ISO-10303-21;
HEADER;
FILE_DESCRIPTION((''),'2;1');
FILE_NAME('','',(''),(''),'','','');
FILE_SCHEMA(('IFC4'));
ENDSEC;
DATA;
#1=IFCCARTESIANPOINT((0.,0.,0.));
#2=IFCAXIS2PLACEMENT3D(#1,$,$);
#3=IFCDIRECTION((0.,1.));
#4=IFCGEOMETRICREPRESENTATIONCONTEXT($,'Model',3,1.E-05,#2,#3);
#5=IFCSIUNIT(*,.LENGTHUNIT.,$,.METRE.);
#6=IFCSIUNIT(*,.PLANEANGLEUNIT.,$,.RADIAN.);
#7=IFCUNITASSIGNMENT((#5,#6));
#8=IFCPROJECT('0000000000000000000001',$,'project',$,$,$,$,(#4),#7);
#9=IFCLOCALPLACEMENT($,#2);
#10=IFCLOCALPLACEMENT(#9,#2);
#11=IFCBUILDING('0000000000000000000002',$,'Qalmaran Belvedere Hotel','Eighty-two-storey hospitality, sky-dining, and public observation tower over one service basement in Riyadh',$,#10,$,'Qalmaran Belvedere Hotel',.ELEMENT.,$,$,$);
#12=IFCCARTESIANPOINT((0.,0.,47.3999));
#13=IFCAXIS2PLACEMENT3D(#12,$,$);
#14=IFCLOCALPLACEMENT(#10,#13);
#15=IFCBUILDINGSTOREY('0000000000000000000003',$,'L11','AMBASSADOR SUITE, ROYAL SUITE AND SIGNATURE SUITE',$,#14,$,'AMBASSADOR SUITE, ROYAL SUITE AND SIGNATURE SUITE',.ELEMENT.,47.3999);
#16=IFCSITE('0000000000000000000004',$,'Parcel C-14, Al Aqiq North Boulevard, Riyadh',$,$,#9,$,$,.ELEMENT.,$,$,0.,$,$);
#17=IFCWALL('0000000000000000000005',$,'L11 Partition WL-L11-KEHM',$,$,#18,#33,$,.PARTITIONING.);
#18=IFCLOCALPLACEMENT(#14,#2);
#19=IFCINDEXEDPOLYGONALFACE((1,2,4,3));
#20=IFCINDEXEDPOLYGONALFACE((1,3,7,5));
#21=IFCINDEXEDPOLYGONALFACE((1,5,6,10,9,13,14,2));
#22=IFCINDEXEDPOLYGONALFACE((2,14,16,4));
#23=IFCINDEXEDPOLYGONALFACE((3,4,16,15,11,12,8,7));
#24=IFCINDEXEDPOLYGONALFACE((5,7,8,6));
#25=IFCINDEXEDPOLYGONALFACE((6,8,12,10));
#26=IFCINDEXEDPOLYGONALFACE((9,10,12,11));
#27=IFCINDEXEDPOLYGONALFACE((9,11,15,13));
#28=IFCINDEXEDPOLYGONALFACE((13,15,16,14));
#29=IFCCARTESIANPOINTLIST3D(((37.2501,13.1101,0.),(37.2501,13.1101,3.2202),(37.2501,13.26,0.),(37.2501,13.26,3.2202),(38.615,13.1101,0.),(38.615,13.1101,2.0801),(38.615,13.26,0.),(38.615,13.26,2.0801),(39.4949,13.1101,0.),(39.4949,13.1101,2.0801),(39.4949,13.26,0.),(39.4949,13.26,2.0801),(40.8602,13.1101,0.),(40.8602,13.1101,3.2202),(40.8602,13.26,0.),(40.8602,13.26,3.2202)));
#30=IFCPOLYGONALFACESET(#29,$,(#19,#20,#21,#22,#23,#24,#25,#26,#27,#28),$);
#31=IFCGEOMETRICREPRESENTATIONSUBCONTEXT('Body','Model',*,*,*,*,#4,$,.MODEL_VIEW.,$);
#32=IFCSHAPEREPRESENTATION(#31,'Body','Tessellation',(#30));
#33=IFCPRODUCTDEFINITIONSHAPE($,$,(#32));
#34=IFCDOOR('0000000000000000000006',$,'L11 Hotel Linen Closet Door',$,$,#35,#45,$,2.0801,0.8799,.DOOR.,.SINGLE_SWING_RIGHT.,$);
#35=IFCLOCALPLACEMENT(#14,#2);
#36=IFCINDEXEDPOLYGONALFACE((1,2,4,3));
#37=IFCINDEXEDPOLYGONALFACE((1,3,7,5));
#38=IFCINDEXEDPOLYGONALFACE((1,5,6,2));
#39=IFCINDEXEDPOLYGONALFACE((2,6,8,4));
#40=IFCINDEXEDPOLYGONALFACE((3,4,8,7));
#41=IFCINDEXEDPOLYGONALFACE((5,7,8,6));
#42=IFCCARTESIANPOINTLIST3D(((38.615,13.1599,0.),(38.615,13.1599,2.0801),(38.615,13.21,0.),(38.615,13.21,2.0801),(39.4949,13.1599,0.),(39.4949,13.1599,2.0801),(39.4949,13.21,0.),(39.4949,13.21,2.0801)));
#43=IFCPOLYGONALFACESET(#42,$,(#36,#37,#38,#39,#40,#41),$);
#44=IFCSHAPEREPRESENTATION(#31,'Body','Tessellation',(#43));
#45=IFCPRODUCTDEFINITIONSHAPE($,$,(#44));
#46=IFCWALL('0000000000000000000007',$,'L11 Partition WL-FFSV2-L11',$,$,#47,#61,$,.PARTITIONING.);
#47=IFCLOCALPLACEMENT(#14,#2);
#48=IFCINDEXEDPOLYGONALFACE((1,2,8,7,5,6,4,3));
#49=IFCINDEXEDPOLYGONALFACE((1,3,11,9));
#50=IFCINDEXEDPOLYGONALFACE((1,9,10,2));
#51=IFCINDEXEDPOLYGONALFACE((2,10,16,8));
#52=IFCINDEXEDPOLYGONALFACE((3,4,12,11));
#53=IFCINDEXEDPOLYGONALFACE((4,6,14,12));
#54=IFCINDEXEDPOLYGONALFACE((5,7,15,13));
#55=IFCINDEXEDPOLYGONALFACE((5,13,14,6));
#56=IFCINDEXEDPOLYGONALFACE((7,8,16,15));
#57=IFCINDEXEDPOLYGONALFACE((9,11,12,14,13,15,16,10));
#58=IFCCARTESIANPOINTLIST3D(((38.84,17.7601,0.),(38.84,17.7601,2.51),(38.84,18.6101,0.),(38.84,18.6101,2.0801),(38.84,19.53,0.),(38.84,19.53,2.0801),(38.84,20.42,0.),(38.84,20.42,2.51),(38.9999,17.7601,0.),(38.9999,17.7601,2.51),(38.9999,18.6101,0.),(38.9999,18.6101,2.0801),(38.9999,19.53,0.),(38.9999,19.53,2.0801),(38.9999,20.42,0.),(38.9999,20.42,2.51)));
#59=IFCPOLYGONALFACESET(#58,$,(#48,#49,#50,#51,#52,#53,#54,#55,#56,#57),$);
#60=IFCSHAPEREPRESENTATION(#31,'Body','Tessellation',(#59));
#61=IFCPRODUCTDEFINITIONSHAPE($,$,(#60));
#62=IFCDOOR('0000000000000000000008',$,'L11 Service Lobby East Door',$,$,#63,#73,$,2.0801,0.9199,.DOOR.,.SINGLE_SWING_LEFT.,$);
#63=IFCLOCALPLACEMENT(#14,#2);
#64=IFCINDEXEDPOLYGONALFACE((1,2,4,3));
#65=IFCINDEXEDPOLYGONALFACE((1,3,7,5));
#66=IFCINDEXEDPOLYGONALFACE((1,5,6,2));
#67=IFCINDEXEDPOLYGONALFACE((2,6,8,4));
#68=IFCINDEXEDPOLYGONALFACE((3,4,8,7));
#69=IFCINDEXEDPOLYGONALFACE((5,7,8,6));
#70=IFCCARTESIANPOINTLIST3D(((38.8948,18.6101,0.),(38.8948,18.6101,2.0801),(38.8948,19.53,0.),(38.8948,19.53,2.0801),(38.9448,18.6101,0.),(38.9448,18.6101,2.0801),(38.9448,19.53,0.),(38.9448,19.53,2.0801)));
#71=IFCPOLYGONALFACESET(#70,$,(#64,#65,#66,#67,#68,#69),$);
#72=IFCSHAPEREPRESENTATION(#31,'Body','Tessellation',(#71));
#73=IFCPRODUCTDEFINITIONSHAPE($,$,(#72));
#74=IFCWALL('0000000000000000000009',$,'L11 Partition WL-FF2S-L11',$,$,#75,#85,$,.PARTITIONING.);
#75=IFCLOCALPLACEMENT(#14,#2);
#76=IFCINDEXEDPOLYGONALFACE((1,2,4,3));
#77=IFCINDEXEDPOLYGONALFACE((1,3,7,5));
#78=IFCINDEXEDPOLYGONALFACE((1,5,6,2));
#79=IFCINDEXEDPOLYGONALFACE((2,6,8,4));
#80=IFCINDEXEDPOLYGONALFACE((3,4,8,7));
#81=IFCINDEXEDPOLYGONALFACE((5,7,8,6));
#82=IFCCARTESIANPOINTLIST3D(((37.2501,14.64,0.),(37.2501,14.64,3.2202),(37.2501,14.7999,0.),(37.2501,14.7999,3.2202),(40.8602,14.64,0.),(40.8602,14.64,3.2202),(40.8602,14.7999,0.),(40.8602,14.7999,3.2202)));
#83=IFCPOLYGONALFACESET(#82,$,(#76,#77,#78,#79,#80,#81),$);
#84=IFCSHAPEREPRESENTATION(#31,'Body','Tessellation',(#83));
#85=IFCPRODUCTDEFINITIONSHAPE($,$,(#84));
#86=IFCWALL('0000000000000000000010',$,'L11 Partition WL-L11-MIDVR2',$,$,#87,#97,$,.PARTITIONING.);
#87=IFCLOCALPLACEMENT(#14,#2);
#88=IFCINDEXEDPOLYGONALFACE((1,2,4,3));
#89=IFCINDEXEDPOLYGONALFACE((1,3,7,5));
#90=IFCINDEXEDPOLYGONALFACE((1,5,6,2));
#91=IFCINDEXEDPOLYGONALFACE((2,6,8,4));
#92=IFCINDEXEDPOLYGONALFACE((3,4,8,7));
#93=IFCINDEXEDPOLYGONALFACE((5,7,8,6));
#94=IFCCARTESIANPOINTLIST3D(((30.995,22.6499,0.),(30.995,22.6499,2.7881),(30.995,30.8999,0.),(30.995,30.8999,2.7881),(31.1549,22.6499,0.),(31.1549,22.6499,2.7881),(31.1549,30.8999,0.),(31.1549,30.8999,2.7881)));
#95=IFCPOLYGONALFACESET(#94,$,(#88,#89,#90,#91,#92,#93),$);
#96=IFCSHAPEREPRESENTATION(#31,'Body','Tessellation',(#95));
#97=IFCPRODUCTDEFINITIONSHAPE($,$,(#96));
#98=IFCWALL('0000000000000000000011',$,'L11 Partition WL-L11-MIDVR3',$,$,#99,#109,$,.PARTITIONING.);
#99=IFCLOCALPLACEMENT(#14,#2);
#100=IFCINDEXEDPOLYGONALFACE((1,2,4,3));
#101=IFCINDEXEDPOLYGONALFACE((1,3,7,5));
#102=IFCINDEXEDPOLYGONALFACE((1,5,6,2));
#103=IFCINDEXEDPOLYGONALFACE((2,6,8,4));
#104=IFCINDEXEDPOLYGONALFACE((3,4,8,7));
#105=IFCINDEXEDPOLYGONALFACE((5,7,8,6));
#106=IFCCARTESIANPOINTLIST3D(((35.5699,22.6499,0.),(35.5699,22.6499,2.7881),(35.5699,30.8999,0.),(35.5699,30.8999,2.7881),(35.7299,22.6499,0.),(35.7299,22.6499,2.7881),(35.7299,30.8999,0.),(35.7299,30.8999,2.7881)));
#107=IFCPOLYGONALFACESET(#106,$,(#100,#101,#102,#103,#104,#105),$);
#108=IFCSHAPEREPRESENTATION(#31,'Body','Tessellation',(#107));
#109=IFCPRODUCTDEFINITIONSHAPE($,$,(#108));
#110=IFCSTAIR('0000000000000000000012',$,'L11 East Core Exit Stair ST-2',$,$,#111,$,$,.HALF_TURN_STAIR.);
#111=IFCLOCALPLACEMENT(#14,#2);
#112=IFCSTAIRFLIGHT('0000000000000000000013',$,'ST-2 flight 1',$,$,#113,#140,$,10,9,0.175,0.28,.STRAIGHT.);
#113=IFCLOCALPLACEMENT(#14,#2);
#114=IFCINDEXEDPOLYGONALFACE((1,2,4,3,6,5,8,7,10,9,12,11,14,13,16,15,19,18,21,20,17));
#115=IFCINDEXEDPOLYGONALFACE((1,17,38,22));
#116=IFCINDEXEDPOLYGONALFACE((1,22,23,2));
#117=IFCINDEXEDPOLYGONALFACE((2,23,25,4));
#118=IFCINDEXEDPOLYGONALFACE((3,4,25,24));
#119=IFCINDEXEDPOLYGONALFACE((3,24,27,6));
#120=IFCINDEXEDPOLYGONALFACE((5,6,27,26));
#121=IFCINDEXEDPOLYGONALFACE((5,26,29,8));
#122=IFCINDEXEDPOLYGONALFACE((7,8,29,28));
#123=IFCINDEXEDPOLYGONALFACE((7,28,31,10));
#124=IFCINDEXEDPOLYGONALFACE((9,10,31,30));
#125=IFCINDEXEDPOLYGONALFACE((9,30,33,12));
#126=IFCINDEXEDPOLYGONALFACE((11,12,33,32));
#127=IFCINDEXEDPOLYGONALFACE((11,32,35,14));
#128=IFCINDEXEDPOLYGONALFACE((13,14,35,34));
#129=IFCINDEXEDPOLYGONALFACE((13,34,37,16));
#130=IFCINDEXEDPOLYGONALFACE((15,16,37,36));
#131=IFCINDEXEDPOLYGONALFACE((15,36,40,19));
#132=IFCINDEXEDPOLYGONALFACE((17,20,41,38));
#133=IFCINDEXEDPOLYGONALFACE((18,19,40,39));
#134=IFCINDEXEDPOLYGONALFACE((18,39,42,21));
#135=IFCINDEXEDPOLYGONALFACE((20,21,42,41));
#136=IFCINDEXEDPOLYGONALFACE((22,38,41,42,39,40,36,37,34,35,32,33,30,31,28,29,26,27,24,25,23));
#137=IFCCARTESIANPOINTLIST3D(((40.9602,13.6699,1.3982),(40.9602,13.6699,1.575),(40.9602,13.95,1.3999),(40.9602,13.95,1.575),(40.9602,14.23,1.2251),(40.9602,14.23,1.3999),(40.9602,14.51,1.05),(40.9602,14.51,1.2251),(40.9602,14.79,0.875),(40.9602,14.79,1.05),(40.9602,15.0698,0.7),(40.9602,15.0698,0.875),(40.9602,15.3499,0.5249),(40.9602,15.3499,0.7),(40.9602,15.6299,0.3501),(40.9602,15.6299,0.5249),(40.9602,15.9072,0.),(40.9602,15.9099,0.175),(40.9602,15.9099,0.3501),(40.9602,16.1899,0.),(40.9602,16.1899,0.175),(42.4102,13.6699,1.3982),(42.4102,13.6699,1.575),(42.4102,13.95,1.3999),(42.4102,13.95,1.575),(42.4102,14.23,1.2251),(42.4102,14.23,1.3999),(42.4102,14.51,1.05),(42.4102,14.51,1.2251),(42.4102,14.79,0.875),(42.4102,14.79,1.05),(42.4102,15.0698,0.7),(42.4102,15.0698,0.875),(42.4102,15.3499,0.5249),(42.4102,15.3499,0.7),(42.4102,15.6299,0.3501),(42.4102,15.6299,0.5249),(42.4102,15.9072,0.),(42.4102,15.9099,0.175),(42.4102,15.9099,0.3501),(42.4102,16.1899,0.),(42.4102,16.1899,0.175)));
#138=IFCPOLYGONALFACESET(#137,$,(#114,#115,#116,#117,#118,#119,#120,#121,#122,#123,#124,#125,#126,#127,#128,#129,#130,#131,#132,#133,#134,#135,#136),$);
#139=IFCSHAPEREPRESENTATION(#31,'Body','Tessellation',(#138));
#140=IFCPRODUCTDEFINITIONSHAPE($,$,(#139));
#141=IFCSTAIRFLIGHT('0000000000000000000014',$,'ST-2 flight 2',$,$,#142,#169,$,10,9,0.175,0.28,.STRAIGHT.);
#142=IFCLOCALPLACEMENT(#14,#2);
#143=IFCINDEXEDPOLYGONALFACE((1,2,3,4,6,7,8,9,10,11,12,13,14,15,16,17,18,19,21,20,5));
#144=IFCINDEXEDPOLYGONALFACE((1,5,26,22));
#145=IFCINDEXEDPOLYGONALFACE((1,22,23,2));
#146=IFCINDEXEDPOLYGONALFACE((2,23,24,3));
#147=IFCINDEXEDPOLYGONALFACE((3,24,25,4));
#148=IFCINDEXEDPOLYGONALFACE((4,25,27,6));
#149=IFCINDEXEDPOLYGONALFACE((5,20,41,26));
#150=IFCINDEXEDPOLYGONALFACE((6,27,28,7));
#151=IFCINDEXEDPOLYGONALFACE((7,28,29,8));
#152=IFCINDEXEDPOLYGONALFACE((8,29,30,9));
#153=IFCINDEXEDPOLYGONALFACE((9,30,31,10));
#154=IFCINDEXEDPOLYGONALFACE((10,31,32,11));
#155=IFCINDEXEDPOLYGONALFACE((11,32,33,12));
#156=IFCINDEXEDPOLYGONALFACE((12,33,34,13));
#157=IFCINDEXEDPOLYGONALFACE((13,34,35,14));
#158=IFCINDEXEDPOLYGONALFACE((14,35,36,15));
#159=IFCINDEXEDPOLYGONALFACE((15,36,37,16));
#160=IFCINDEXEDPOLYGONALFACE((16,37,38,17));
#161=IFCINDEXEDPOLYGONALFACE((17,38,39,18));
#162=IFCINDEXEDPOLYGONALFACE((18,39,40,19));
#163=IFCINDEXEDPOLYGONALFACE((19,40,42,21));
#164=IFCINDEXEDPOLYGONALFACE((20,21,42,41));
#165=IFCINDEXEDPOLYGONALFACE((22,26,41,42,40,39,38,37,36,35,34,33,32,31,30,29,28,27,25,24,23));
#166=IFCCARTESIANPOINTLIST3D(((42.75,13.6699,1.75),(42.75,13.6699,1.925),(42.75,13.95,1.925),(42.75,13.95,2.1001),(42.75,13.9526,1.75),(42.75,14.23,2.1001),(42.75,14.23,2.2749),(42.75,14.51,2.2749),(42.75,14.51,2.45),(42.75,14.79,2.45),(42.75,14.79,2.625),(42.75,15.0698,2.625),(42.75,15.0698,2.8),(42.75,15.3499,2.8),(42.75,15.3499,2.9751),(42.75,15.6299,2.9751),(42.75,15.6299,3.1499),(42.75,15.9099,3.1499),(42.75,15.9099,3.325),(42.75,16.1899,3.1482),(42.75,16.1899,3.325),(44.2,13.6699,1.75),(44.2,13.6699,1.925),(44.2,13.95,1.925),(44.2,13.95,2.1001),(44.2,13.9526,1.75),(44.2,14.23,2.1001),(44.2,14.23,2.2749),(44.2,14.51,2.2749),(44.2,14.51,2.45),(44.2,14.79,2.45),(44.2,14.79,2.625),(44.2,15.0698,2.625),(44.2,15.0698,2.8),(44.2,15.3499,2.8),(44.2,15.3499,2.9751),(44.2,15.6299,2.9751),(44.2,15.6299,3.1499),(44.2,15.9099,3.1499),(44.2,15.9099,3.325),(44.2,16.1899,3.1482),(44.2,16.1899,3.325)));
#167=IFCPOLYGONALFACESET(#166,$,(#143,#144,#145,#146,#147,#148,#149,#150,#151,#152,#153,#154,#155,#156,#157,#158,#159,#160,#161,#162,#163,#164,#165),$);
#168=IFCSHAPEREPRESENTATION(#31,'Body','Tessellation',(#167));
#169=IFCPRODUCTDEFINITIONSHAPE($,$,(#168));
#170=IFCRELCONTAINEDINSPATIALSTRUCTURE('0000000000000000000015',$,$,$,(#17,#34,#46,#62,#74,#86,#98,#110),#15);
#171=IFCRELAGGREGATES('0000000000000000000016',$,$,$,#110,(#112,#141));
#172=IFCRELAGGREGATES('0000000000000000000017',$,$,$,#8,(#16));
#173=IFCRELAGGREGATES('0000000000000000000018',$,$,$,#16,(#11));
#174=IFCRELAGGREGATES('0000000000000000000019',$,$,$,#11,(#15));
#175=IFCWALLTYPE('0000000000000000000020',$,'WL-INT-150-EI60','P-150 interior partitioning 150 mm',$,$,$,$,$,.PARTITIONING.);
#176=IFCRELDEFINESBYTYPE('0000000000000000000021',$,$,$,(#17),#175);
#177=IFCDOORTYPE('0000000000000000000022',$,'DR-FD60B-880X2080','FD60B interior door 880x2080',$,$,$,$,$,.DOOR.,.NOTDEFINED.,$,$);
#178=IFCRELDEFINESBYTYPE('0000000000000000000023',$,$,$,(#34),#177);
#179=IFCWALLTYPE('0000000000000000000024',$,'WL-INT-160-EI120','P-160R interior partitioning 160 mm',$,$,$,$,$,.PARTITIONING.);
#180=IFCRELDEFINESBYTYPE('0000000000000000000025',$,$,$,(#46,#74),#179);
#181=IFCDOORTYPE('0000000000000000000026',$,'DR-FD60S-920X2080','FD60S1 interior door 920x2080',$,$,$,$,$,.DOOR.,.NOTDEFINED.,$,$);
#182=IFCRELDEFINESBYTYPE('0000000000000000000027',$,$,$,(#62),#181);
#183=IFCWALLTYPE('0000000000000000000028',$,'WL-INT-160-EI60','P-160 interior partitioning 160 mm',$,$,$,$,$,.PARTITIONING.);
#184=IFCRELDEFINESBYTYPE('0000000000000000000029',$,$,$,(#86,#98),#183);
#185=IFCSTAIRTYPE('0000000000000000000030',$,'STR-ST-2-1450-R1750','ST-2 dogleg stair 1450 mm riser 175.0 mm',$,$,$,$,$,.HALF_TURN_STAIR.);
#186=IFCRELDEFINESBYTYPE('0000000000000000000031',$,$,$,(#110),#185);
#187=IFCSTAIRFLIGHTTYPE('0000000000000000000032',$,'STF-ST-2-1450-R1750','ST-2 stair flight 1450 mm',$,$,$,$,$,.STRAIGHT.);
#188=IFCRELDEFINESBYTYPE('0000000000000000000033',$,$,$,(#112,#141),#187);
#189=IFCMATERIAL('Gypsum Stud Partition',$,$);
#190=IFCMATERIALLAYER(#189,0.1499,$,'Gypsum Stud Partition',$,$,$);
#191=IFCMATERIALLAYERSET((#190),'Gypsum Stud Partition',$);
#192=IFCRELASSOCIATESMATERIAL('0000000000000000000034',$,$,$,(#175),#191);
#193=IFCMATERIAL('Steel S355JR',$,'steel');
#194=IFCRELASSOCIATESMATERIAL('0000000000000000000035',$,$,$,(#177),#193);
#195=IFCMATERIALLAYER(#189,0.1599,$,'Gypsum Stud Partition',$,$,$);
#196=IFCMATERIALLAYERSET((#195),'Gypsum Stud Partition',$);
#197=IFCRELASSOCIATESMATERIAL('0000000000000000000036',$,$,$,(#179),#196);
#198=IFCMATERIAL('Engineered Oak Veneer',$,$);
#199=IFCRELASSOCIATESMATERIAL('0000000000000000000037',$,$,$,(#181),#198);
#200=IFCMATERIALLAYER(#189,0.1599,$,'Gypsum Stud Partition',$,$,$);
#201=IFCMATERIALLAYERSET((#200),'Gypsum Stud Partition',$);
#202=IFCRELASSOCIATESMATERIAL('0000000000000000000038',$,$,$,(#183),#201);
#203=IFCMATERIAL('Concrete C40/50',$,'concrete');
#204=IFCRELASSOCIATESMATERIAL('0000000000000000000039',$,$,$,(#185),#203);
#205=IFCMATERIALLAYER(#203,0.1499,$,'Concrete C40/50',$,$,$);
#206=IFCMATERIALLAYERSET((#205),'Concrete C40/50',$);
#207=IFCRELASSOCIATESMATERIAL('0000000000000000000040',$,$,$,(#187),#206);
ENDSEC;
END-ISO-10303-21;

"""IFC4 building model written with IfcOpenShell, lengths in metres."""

from ifc_helpers import new_model, si_unit, direction, frame, frame_2d, origin, place, context, subcontext, project, spatial, polyline, rectangle, outline, extrude, material, layer, layer_set, type_object, element, fill, aggregate, save


model = new_model("IFC4")

# Units and contexts
model_context = context("Model", 3, precision=1e-05, world=origin(), true_north=direction((0.0, 1.0)))
body_context = subcontext(model_context, "Body", "Model", "MODEL_VIEW")
ifc_project = project(units=[si_unit("LENGTHUNIT", "METRE"), si_unit("PLANEANGLEUNIT", "RADIAN")], contexts=[model_context])

# Site, building, storey
site_placement = place(None, origin())
site = spatial("IfcSite", under=ifc_project, at=site_placement, Name="Parcel C-14, Al Aqiq North Boulevard, Riyadh", CompositionType="ELEMENT", RefElevation=0.0)
building_placement = place(site_placement, origin())
building = spatial("IfcBuilding", under=site, at=building_placement, Name="Qalmaran Belvedere Hotel", Description="Eighty-two-storey hospitality, sky-dining, and public observation tower over one service basement in Riyadh", LongName="Qalmaran Belvedere Hotel", CompositionType="ELEMENT")
storey_placement = place(building_placement, frame((0.0, 0.0, 47.3999)))
storey = spatial("IfcBuildingStorey", under=building, at=storey_placement, Name="L11", Description="AMBASSADOR SUITE, ROYAL SUITE AND SIGNATURE SUITE", LongName="AMBASSADOR SUITE, ROYAL SUITE AND SIGNATURE SUITE", CompositionType="ELEMENT", Elevation=47.3999)

# Shared definitions
ifc_material_1 = material(Name="Steel S355JR", Category="steel")

# Shared definitions
ifc_material_2 = material(Name="Gypsum Stud Partition")

# Walls, openings, doors
ifc_layer_1 = layer(ifc_material_2, 0.1499, Name="Gypsum Stud Partition")
ifc_layer_set_1 = layer_set([ifc_layer_1], Name="Gypsum Stud Partition")
wall_type_1 = type_object("IfcWallType", Name="WL-INT-150-EI60", Description="P-150 interior partitioning 150 mm", PredefinedType="PARTITIONING", material=ifc_layer_set_1)
wall_1_placement = place(storey_placement, frame((37.25, 13.1851, 0.0), z_axis=(0.0, 0.0, 1.0), x_axis=(1.0, 0.0, 0.0)))
wall_1 = element("IfcWall", 1, at=wall_1_placement, inside=storey, type_object=wall_type_1, Name="L11 Partition WL-L11-KEHM", PredefinedType="PARTITIONING", context=body_context, shape_type="SweptSolid", body=[
    extrude(rectangle(XDim=3.6101, YDim=0.1499, at=frame_2d((1.8052, 0.0))), origin(), (0.0, 0.0, 1.0), 3.2202),
])
opening_1_placement = place(wall_1_placement, frame((1.365, 0.0, 0.0)))
opening_1 = element("IfcOpeningElement", 2, at=opening_1_placement, cuts=wall_1, PredefinedType="OPENING", context=body_context, shape_type="SweptSolid", body=[
    extrude(rectangle(XDim=0.8799, YDim=2.0801, at=frame_2d((0.4399, 1.04))), frame((0.0, 0.085, 0.0), z_axis=(0.0, -1.0, 0.0), x_axis=(1.0, 0.0, 0.0)), (0.0, 0.0, 1.0), 0.1699),
])
door_type_1 = type_object("IfcDoorType", Name="DR-FD60B-880X2080", Description="FD60B interior door 880x2080", OperationType="NOTDEFINED", PredefinedType="DOOR", material=ifc_material_1)
door_1_placement = place(opening_1_placement, origin())
door_1 = element("IfcDoor", 3, at=door_1_placement, inside=storey, type_object=door_type_1, Name="L11 Hotel Linen Closet Door", OperationType="SINGLE_SWING_RIGHT", OverallHeight=2.0801, OverallWidth=0.8799, PredefinedType="DOOR", context=body_context, shape_type="SweptSolid", body=[
    extrude(rectangle(XDim=0.8799, YDim=2.0801, at=frame_2d((0.4399, 1.04))), frame((0.0, 0.0249, 0.0), z_axis=(0.0, -1.0, 0.0), x_axis=(1.0, 0.0, 0.0)), (0.0, 0.0, 1.0), 0.05),
])
fill(opening_1, door_1)
ifc_layer_2 = layer(ifc_material_2, 0.1599, Name="Gypsum Stud Partition")
ifc_layer_set_2 = layer_set([ifc_layer_2], Name="Gypsum Stud Partition")
wall_type_2 = type_object("IfcWallType", Name="WL-INT-160-EI120", Description="P-160R interior partitioning 160 mm", PredefinedType="PARTITIONING", material=ifc_layer_set_2)
wall_2_placement = place(storey_placement, frame((38.9199, 17.76, 0.0), z_axis=(0.0, 0.0, 1.0), x_axis=(0.0, 1.0, 0.0)))
wall_2 = element("IfcWall", 4, at=wall_2_placement, inside=storey, type_object=wall_type_2, Name="L11 Partition WL-FFSV2-L11", PredefinedType="PARTITIONING", context=body_context, shape_type="SweptSolid", body=[
    extrude(rectangle(XDim=2.6599, YDim=0.1599, at=frame_2d((1.3301, 0.0))), origin(), (0.0, 0.0, 1.0), 2.51),
])
opening_2_placement = place(wall_2_placement, frame((1.77, 0.0, 0.0), z_axis=(0.0, 0.0, 1.0), x_axis=(-1.0, 0.0, 0.0)))
opening_2 = element("IfcOpeningElement", 5, at=opening_2_placement, cuts=wall_2, PredefinedType="OPENING", context=body_context, shape_type="SweptSolid", body=[
    extrude(rectangle(XDim=0.9199, YDim=2.0801, at=frame_2d((0.46, 1.04))), frame((0.0, 0.0898, 0.0), z_axis=(0.0, -1.0, 0.0), x_axis=(1.0, 0.0, 0.0)), (0.0, 0.0, 1.0), 0.1799),
])
ifc_material_3 = material(Name="Engineered Oak Veneer")
door_type_2 = type_object("IfcDoorType", Name="DR-FD60S-920X2080", Description="FD60S1 interior door 920x2080", OperationType="NOTDEFINED", PredefinedType="DOOR", material=ifc_material_3)
door_2_placement = place(opening_2_placement, origin())
door_2 = element("IfcDoor", 6, at=door_2_placement, inside=storey, type_object=door_type_2, Name="L11 Service Lobby East Door", OperationType="SINGLE_SWING_LEFT", OverallHeight=2.0801, OverallWidth=0.9199, PredefinedType="DOOR", context=body_context, shape_type="SweptSolid", body=[
    extrude(rectangle(XDim=0.9199, YDim=2.0801, at=frame_2d((0.46, 1.04))), frame((0.0, 0.0249, 0.0), z_axis=(0.0, -1.0, 0.0), x_axis=(1.0, 0.0, 0.0)), (0.0, 0.0, 1.0), 0.05),
])
fill(opening_2, door_2)

# Walls
wall_3_placement = place(storey_placement, frame((37.25, 14.72, 0.0), z_axis=(0.0, 0.0, 1.0), x_axis=(1.0, 0.0, 0.0)))
element("IfcWall", 7, at=wall_3_placement, inside=storey, type_object=wall_type_2, Name="L11 Partition WL-FF2S-L11", PredefinedType="PARTITIONING", context=body_context, shape_type="SweptSolid", body=[
    extrude(rectangle(XDim=3.6101, YDim=0.1599, at=frame_2d((1.8052, 0.0))), origin(), (0.0, 0.0, 1.0), 3.2202),
])
ifc_layer_3 = layer(ifc_material_2, 0.1599, Name="Gypsum Stud Partition")
ifc_layer_set_3 = layer_set([ifc_layer_3], Name="Gypsum Stud Partition")
wall_type_3 = type_object("IfcWallType", Name="WL-INT-160-EI60", Description="P-160 interior partitioning 160 mm", PredefinedType="PARTITIONING", material=ifc_layer_set_3)
for number, where, z_axis, x_axis, name in (
    (8, (31.075, 22.6499, 0.0), (0.0, 0.0, 1.0), (0.0, 1.0, 0.0), "L11 Partition WL-L11-MIDVR2"),
    (9, (35.6499, 22.6499, 0.0), (0.0, 0.0, 1.0), (0.0, 1.0, 0.0), "L11 Partition WL-L11-MIDVR3"),
):
    element("IfcWall", number, at=place(storey_placement, frame(where, z_axis=z_axis, x_axis=x_axis)), inside=storey, type_object=wall_type_3, Name=name, PredefinedType="PARTITIONING", context=body_context, shape_type="SweptSolid", body=[
        extrude(rectangle(XDim=8.25, YDim=0.1599, at=frame_2d((4.125, 0.0))), origin(), (0.0, 0.0, 1.0), 2.7881),
    ])

# Stair, stair flights
ifc_material_4 = material(Name="Concrete C40/50", Category="concrete")
stair_type = type_object("IfcStairType", Name="STR-ST-2-1450-R1750", Description="ST-2 dogleg stair 1450 mm riser 175.0 mm", PredefinedType="HALF_TURN_STAIR", material=ifc_material_4)
stair_placement = place(storey_placement, origin())
stair = element("IfcStair", 10, at=stair_placement, inside=storey, type_object=stair_type, Name="L11 East Core Exit Stair ST-2", PredefinedType="HALF_TURN_STAIR")
ifc_layer_4 = layer(ifc_material_4, 0.1499, Name="Concrete C40/50")
ifc_layer_set_4 = layer_set([ifc_layer_4], Name="Concrete C40/50")
stair_flight_type = type_object("IfcStairFlightType", Name="STF-ST-2-1450-R1750", Description="ST-2 stair flight 1450 mm", PredefinedType="STRAIGHT", material=ifc_layer_set_4)
stair_flight_1_placement = place(storey_placement, frame((41.6851, 16.1899, 0.0), z_axis=(0.0, 0.0, 1.0), x_axis=(0.0, -1.0, 0.0)))
stair_flight_1 = element("IfcStairFlight", 11, at=stair_flight_1_placement, type_object=stair_flight_type, Name="ST-2 flight 1", NumberOfRisers=10, NumberOfTreads=9, PredefinedType="STRAIGHT", RiserHeight=0.175, TreadLength=0.28, context=body_context, shape_type="SweptSolid", body=[
    extrude(outline(polyline([(0.0, 0.0), (0.0, 0.175), (0.28, 0.175), (0.28, 0.3501), (0.5601, 0.3501), (0.5601, 0.5249), (0.8401, 0.5249), (0.8401, 0.7), (1.1201, 0.7), (1.1201, 0.875), (1.3999, 0.875), (1.3999, 1.05), (1.6799, 1.05), (1.6799, 1.2251), (1.96, 1.2251), (1.96, 1.3999), (2.24, 1.3999), (2.24, 1.575), (2.52, 1.575), (2.52, 1.75), (2.52, 1.3982), (0.2827, 0.0), (0.0, 0.0)])), frame((0.0, 0.7251, 0.0), z_axis=(0.0, -1.0, 0.0), x_axis=(1.0, 0.0, 0.0)), (0.0, 0.0, 1.0), 1.45),
])
stair_flight_2_placement = place(storey_placement, frame((43.4751, 13.6699, 1.75), z_axis=(0.0, 0.0, 1.0), x_axis=(0.0, 1.0, 0.0)))
stair_flight_2 = element("IfcStairFlight", 12, at=stair_flight_2_placement, type_object=stair_flight_type, Name="ST-2 flight 2", NumberOfRisers=10, NumberOfTreads=9, PredefinedType="STRAIGHT", RiserHeight=0.175, TreadLength=0.28, context=body_context, shape_type="SweptSolid", body=[
    extrude(outline(polyline([(0.0, 0.0), (0.0, 0.175), (0.28, 0.175), (0.28, 0.3501), (0.5601, 0.3501), (0.5601, 0.5249), (0.8401, 0.5249), (0.8401, 0.7), (1.1201, 0.7), (1.1201, 0.875), (1.3999, 0.875), (1.3999, 1.05), (1.6799, 1.05), (1.6799, 1.2251), (1.96, 1.2251), (1.96, 1.3999), (2.24, 1.3999), (2.24, 1.575), (2.52, 1.575), (2.52, 1.75), (2.52, 1.3982), (0.2827, 0.0), (0.0, 0.0)])), frame((0.0, 0.7251, 0.0), z_axis=(0.0, -1.0, 0.0), x_axis=(1.0, 0.0, 0.0)), (0.0, 0.0, 1.0), 1.45),
])
aggregate(stair, [stair_flight_1, stair_flight_2])

save(model, "model.ifc")
